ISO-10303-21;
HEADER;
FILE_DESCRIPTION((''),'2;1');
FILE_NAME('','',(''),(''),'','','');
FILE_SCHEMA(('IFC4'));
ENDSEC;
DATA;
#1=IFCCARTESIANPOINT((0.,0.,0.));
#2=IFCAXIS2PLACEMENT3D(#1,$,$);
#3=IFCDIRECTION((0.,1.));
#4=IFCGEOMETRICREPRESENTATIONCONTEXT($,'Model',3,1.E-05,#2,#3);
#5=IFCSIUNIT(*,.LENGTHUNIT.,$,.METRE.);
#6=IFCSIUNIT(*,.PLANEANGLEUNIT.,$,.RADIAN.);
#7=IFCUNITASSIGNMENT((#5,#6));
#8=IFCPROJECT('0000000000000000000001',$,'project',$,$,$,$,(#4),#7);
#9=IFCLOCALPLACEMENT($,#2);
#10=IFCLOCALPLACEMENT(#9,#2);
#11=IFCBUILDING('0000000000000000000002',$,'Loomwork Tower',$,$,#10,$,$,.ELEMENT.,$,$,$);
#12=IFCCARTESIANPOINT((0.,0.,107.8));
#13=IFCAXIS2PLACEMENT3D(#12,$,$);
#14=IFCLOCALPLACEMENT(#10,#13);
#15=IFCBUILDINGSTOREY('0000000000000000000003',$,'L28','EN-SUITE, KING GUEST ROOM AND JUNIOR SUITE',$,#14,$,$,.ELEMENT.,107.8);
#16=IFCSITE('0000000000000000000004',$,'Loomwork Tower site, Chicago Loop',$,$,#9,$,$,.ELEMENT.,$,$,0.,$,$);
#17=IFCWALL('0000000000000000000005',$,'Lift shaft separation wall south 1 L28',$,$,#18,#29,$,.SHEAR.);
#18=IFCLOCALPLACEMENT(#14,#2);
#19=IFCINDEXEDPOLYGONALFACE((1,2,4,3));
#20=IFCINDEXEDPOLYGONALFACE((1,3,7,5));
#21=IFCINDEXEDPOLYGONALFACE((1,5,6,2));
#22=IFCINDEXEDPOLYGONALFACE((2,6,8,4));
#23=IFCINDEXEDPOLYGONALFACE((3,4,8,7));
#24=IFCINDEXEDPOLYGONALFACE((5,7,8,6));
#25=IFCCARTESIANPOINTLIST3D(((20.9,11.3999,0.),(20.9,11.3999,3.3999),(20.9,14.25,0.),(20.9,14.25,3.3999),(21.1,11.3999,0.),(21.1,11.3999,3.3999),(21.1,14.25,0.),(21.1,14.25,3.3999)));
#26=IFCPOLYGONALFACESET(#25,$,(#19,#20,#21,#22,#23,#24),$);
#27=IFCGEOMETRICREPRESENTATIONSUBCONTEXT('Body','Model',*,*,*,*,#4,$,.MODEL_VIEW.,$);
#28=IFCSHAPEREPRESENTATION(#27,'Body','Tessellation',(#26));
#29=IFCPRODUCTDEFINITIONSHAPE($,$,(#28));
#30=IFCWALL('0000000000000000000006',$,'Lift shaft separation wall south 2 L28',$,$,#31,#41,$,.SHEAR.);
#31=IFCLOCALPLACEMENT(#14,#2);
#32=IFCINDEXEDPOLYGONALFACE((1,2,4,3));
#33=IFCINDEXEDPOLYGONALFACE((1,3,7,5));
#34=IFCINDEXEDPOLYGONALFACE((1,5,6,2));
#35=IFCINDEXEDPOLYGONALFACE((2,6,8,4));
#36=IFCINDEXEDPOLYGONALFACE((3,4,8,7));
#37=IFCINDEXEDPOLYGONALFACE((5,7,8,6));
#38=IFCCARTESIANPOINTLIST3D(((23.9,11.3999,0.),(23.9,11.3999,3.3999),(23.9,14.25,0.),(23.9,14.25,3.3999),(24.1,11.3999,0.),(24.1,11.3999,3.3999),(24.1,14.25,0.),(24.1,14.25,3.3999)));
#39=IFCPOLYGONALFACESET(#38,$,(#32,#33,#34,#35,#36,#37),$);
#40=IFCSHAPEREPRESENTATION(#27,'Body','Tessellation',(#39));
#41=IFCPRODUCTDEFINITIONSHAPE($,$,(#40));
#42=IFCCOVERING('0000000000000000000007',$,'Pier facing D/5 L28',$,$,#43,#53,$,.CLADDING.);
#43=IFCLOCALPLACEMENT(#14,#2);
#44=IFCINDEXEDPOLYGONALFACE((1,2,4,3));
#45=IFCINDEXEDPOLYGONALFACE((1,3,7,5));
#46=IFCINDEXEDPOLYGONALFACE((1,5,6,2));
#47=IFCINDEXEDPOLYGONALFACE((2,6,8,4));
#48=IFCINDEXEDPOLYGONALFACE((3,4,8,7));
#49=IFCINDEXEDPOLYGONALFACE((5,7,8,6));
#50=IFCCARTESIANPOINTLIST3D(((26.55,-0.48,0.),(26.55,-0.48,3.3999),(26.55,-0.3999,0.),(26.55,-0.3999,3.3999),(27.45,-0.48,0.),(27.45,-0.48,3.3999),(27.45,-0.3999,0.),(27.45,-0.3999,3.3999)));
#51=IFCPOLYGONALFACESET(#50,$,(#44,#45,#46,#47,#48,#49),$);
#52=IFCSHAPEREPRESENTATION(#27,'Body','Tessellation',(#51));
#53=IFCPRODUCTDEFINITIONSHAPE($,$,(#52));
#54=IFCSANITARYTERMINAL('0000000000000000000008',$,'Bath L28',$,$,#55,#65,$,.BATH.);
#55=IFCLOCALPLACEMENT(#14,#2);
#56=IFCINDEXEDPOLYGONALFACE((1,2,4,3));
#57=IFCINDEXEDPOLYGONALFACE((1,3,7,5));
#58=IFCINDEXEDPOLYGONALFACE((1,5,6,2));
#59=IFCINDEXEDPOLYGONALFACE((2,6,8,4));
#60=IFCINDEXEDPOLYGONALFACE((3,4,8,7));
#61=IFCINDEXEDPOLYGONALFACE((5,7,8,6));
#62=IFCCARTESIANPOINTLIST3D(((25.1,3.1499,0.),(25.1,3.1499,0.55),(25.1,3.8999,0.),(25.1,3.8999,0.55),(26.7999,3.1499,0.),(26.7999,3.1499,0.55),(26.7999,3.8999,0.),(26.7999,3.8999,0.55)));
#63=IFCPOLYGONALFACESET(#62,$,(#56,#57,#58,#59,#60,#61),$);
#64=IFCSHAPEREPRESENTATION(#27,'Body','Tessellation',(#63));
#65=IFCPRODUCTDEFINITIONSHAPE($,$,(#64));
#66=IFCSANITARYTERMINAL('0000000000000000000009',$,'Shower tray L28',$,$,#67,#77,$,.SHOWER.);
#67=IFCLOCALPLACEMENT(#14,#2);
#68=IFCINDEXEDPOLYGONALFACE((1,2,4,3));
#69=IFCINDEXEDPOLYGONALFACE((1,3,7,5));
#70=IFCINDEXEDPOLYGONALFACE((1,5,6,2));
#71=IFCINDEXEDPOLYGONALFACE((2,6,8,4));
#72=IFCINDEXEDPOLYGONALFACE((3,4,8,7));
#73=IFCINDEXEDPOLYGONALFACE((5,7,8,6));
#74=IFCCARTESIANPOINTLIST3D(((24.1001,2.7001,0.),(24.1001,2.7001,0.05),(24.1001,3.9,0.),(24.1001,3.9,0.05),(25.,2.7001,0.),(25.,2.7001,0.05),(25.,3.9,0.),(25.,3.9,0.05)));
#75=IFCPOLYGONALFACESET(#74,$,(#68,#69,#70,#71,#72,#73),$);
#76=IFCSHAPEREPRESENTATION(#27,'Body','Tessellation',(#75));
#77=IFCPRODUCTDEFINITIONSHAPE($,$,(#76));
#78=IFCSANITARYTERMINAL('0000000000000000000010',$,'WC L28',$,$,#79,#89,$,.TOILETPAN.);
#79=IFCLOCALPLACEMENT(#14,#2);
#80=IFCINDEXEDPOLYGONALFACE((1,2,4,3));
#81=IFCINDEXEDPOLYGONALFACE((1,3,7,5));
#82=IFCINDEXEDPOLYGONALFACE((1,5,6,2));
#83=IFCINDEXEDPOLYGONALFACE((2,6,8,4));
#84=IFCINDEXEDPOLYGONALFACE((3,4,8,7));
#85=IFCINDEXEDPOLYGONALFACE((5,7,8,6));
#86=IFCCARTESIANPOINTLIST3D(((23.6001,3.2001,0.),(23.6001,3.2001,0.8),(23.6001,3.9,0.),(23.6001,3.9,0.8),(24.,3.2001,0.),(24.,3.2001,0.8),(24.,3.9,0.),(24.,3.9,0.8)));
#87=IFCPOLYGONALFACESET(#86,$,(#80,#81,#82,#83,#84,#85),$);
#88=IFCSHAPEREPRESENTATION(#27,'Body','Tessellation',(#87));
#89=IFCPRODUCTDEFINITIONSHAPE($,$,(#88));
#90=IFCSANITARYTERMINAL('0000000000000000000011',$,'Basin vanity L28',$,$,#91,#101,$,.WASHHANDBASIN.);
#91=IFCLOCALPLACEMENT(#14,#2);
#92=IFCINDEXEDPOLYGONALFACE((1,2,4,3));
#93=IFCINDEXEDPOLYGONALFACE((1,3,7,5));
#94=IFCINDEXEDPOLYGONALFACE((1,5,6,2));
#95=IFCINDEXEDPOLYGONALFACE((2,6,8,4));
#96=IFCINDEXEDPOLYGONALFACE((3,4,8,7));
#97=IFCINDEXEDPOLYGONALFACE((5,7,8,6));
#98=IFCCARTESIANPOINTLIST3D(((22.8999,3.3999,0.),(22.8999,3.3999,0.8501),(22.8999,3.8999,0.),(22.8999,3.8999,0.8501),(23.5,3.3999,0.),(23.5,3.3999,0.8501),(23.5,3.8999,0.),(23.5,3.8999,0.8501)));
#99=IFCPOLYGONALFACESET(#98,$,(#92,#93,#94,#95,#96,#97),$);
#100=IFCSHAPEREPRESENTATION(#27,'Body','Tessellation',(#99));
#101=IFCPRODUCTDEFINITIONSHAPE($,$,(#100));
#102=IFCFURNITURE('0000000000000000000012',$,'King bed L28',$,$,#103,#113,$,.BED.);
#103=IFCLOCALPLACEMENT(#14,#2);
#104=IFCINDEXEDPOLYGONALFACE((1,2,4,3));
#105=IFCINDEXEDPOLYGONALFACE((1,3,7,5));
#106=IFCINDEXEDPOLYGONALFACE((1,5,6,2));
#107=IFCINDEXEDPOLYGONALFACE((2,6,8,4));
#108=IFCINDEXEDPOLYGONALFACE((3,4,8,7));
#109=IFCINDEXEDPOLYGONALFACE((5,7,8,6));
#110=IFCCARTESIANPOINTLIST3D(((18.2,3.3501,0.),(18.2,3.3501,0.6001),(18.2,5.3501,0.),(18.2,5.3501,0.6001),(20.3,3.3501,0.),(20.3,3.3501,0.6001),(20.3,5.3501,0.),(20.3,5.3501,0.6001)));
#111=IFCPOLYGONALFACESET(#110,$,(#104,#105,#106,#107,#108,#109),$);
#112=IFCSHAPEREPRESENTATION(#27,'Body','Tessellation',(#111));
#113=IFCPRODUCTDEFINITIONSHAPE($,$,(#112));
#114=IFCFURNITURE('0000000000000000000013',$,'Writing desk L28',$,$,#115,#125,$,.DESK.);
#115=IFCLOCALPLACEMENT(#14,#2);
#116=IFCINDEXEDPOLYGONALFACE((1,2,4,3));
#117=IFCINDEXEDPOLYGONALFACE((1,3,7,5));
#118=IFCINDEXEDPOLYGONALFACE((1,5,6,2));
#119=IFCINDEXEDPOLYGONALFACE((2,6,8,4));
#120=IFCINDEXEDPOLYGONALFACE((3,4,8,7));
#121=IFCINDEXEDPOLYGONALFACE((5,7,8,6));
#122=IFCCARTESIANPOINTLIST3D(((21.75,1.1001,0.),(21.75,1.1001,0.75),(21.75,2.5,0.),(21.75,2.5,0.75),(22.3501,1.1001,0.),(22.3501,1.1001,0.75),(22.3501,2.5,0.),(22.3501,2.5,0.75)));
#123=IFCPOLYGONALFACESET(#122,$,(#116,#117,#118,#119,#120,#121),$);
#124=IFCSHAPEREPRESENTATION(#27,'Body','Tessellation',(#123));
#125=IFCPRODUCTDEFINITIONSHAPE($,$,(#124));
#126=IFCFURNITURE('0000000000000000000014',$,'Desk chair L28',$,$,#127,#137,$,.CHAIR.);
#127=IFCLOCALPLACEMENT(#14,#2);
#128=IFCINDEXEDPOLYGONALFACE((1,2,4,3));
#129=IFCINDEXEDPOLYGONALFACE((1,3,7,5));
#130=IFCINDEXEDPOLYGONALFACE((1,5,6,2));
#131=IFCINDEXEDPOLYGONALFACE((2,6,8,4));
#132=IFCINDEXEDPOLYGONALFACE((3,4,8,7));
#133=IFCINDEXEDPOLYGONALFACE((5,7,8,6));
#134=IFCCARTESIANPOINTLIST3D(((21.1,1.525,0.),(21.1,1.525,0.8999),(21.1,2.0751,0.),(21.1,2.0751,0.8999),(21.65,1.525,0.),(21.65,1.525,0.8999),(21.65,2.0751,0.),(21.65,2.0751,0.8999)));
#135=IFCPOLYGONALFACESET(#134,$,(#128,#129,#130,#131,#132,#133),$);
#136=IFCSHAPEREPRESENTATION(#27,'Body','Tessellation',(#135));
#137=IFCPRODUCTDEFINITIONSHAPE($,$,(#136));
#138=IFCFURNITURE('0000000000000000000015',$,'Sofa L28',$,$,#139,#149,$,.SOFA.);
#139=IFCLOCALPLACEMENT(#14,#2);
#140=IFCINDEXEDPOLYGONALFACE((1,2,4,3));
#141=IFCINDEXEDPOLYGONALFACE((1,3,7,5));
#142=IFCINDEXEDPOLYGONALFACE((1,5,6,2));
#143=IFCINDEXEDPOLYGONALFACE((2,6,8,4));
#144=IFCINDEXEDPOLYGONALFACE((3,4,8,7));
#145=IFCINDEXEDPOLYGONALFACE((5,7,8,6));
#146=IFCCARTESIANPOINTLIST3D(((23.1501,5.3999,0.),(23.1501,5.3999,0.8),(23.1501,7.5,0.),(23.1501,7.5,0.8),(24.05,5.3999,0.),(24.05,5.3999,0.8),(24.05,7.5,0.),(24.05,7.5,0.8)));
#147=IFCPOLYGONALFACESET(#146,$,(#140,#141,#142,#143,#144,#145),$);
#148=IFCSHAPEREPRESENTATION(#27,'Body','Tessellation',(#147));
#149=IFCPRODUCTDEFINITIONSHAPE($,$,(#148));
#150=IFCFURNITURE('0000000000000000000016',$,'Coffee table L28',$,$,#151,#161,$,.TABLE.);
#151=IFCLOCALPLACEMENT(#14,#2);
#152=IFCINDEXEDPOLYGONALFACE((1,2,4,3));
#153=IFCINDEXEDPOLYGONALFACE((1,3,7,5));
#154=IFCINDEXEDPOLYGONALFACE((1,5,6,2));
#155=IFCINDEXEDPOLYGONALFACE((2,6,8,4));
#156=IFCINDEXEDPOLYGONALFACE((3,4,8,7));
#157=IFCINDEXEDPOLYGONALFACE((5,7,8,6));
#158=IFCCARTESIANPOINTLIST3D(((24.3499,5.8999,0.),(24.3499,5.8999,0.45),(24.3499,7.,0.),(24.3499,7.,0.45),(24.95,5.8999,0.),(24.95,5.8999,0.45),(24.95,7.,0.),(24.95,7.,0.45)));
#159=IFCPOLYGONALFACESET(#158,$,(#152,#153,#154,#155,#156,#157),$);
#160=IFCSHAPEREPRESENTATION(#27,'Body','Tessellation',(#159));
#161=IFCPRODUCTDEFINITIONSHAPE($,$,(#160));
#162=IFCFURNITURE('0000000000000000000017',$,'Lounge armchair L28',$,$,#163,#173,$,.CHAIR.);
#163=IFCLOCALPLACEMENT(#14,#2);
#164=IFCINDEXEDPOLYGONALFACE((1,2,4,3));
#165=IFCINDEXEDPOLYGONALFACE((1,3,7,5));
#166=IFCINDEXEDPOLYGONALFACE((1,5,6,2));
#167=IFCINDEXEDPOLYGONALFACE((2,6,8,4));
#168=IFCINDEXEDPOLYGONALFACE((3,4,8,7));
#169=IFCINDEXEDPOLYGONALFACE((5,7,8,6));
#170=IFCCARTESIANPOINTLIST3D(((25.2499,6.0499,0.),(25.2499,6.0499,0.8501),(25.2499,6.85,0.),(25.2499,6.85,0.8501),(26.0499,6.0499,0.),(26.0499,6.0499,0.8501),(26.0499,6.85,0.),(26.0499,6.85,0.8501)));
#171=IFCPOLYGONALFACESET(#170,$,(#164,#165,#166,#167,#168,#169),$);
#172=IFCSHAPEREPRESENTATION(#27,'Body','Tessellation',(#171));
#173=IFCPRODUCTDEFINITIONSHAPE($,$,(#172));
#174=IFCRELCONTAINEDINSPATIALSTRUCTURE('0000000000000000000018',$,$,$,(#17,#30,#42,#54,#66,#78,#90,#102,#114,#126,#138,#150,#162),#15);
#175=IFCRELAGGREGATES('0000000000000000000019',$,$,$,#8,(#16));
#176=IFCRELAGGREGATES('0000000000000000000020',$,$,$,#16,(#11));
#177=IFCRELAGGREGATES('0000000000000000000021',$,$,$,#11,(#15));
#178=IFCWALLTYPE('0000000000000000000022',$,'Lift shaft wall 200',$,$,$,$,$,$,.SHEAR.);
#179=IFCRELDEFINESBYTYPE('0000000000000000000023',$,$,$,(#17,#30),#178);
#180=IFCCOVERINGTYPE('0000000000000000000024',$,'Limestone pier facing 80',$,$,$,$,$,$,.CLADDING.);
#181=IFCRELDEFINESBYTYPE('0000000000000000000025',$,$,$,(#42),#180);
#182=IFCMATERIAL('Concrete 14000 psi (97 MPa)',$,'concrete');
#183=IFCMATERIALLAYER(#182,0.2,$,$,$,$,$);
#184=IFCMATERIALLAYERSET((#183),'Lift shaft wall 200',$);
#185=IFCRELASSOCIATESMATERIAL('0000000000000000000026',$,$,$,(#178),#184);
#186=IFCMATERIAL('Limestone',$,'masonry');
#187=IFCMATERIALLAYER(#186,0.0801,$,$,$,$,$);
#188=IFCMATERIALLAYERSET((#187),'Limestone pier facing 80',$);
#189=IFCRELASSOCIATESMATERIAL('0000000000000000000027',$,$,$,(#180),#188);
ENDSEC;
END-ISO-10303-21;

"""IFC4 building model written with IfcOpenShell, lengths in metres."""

from ifc_helpers import new_model, si_unit, direction, frame, frame_2d, origin, origin_2d, place, context, subcontext, project, spatial, rectangle, extrude, material, layer, layer_set, type_object, element, save


model = new_model("IFC4")

# Units and contexts
model_context = context("Model", 3, precision=1e-05, world=origin(), true_north=direction((0.0, 1.0)))
body_context = subcontext(model_context, "Body", "Model", "MODEL_VIEW")
ifc_project = project(units=[si_unit("LENGTHUNIT", "METRE"), si_unit("PLANEANGLEUNIT", "RADIAN")], contexts=[model_context])

# Site, building, storey
site_placement = place(None, origin())
site = spatial("IfcSite", under=ifc_project, at=site_placement, Name="Loomwork Tower site, Chicago Loop", CompositionType="ELEMENT", RefElevation=0.0)
building_placement = place(site_placement, origin())
building = spatial("IfcBuilding", under=site, at=building_placement, Name="Loomwork Tower", CompositionType="ELEMENT")
storey_placement = place(building_placement, frame((0.0, 0.0, 107.8)))
storey = spatial("IfcBuildingStorey", under=building, at=storey_placement, Name="L28", Description="EN-SUITE, KING GUEST ROOM AND JUNIOR SUITE", CompositionType="ELEMENT", Elevation=107.8)

# Walls
ifc_material_1 = material(Name="Concrete 14000 psi (97 MPa)", Category="concrete")
ifc_layer_1 = layer(ifc_material_1, 0.2)
ifc_layer_set_1 = layer_set([ifc_layer_1], Name="Lift shaft wall 200")
wall_type_1 = type_object("IfcWallType", Name="Lift shaft wall 200", PredefinedType="SHEAR", material=ifc_layer_set_1)
for number, where, z_axis, x_axis, name in (
    (1, (21.0, 11.3999, 0.0), (0.0, 0.0, 1.0), (0.0, 1.0, 0.0), "Lift shaft separation wall south 1 L28"),
    (2, (24.0, 11.3999, 0.0), (0.0, 0.0, 1.0), (0.0, 1.0, 0.0), "Lift shaft separation wall south 2 L28"),
):
    element("IfcWall", number, at=place(storey_placement, frame(where, z_axis=z_axis, x_axis=x_axis)), inside=storey, type_object=wall_type_1, Name=name, PredefinedType="SHEAR", context=body_context, shape_type="SweptSolid", body=[
        extrude(rectangle(XDim=2.8501, YDim=0.2, at=frame_2d((1.425, 0.0))), origin(), (0.0, 0.0, 1.0), 3.3999),
    ])

# Covering
ifc_material_2 = material(Name="Limestone", Category="masonry")
ifc_layer_2 = layer(ifc_material_2, 0.0801)
ifc_layer_set_2 = layer_set([ifc_layer_2], Name="Limestone pier facing 80")
covering_type = type_object("IfcCoveringType", Name="Limestone pier facing 80", PredefinedType="CLADDING", material=ifc_layer_set_2)
covering_placement = place(storey_placement, frame((27.0, -0.4399, 0.0), z_axis=(0.0, 0.0, 1.0), x_axis=(1.0, 0.0, 0.0)))
element("IfcCovering", 3, at=covering_placement, inside=storey, type_object=covering_type, Name="Pier facing D/5 L28", PredefinedType="CLADDING", context=body_context, shape_type="SweptSolid", body=[
    extrude(rectangle(XDim=0.8999, YDim=0.0801, at=origin_2d()), origin(), (0.0, 0.0, 1.0), 3.3999),
])

# Sanitary terminals
sanitary_terminal_1_placement = place(storey_placement, frame((25.95, 3.5249, 0.0), z_axis=(0.0, 0.0, 1.0), x_axis=(1.0, 0.0, 0.0)))
element("IfcSanitaryTerminal", 4, at=sanitary_terminal_1_placement, inside=storey, Name="Bath L28", PredefinedType="BATH", context=body_context, shape_type="SweptSolid", body=[
    extrude(rectangle(XDim=1.7, YDim=0.75, at=origin_2d()), origin(), (0.0, 0.0, 1.0), 0.55),
])
sanitary_terminal_2_placement = place(storey_placement, frame((24.55, 3.3, 0.0), z_axis=(0.0, 0.0, 1.0), x_axis=(1.0, 0.0, 0.0)))
element("IfcSanitaryTerminal", 5, at=sanitary_terminal_2_placement, inside=storey, Name="Shower tray L28", PredefinedType="SHOWER", context=body_context, shape_type="SweptSolid", body=[
    extrude(rectangle(XDim=0.8999, YDim=1.2, at=origin_2d()), origin(), (0.0, 0.0, 1.0), 0.05),
])
sanitary_terminal_3_placement = place(storey_placement, frame((23.8, 3.55, 0.0), z_axis=(0.0, 0.0, 1.0), x_axis=(1.0, 0.0, 0.0)))
element("IfcSanitaryTerminal", 6, at=sanitary_terminal_3_placement, inside=storey, Name="WC L28", PredefinedType="TOILETPAN", context=body_context, shape_type="SweptSolid", body=[
    extrude(rectangle(XDim=0.3999, YDim=0.7, at=origin_2d()), origin(), (0.0, 0.0, 1.0), 0.8),
])
sanitary_terminal_4_placement = place(storey_placement, frame((23.2, 3.6499, 0.0), z_axis=(0.0, 0.0, 1.0), x_axis=(1.0, 0.0, 0.0)))
element("IfcSanitaryTerminal", 7, at=sanitary_terminal_4_placement, inside=storey, Name="Basin vanity L28", PredefinedType="WASHHANDBASIN", context=body_context, shape_type="SweptSolid", body=[
    extrude(rectangle(XDim=0.6001, YDim=0.5, at=origin_2d()), origin(), (0.0, 0.0, 1.0), 0.8501),
])

# Furniture
furniture_1_placement = place(storey_placement, frame((19.25, 4.3501, 0.0), z_axis=(0.0, 0.0, 1.0), x_axis=(1.0, 0.0, 0.0)))
element("IfcFurniture", 8, at=furniture_1_placement, inside=storey, Name="King bed L28", PredefinedType="BED", context=body_context, shape_type="SweptSolid", body=[
    extrude(rectangle(XDim=2.1001, YDim=2.0, at=origin_2d()), origin(), (0.0, 0.0, 1.0), 0.6001),
])
furniture_2_placement = place(storey_placement, frame((22.05, 1.8, 0.0), z_axis=(0.0, 0.0, 1.0), x_axis=(1.0, 0.0, 0.0)))
element("IfcFurniture", 9, at=furniture_2_placement, inside=storey, Name="Writing desk L28", PredefinedType="DESK", context=body_context, shape_type="SweptSolid", body=[
    extrude(rectangle(XDim=0.6001, YDim=1.3999, at=origin_2d()), origin(), (0.0, 0.0, 1.0), 0.75),
])
furniture_3_placement = place(storey_placement, frame((21.375, 1.8, 0.0), z_axis=(0.0, 0.0, 1.0), x_axis=(1.0, 0.0, 0.0)))
element("IfcFurniture", 10, at=furniture_3_placement, inside=storey, Name="Desk chair L28", PredefinedType="CHAIR", context=body_context, shape_type="SweptSolid", body=[
    extrude(rectangle(XDim=0.55, YDim=0.55, at=origin_2d()), origin(), (0.0, 0.0, 1.0), 0.8999),
])
furniture_4_placement = place(storey_placement, frame((23.6001, 6.45, 0.0), z_axis=(0.0, 0.0, 1.0), x_axis=(1.0, 0.0, 0.0)))
element("IfcFurniture", 11, at=furniture_4_placement, inside=storey, Name="Sofa L28", PredefinedType="SOFA", context=body_context, shape_type="SweptSolid", body=[
    extrude(rectangle(XDim=0.8999, YDim=2.1001, at=origin_2d()), origin(), (0.0, 0.0, 1.0), 0.8),
])
furniture_5_placement = place(storey_placement, frame((24.6499, 6.45, 0.0), z_axis=(0.0, 0.0, 1.0), x_axis=(1.0, 0.0, 0.0)))
element("IfcFurniture", 12, at=furniture_5_placement, inside=storey, Name="Coffee table L28", PredefinedType="TABLE", context=body_context, shape_type="SweptSolid", body=[
    extrude(rectangle(XDim=0.6001, YDim=1.1001, at=origin_2d()), origin(), (0.0, 0.0, 1.0), 0.45),
])
furniture_6_placement = place(storey_placement, frame((25.6499, 6.45, 0.0), z_axis=(0.0, 0.0, 1.0), x_axis=(1.0, 0.0, 0.0)))
element("IfcFurniture", 13, at=furniture_6_placement, inside=storey, Name="Lounge armchair L28", PredefinedType="CHAIR", context=body_context, shape_type="SweptSolid", body=[
    extrude(rectangle(XDim=0.8, YDim=0.8, at=origin_2d()), origin(), (0.0, 0.0, 1.0), 0.8501),
])

save(model, "model.ifc")
